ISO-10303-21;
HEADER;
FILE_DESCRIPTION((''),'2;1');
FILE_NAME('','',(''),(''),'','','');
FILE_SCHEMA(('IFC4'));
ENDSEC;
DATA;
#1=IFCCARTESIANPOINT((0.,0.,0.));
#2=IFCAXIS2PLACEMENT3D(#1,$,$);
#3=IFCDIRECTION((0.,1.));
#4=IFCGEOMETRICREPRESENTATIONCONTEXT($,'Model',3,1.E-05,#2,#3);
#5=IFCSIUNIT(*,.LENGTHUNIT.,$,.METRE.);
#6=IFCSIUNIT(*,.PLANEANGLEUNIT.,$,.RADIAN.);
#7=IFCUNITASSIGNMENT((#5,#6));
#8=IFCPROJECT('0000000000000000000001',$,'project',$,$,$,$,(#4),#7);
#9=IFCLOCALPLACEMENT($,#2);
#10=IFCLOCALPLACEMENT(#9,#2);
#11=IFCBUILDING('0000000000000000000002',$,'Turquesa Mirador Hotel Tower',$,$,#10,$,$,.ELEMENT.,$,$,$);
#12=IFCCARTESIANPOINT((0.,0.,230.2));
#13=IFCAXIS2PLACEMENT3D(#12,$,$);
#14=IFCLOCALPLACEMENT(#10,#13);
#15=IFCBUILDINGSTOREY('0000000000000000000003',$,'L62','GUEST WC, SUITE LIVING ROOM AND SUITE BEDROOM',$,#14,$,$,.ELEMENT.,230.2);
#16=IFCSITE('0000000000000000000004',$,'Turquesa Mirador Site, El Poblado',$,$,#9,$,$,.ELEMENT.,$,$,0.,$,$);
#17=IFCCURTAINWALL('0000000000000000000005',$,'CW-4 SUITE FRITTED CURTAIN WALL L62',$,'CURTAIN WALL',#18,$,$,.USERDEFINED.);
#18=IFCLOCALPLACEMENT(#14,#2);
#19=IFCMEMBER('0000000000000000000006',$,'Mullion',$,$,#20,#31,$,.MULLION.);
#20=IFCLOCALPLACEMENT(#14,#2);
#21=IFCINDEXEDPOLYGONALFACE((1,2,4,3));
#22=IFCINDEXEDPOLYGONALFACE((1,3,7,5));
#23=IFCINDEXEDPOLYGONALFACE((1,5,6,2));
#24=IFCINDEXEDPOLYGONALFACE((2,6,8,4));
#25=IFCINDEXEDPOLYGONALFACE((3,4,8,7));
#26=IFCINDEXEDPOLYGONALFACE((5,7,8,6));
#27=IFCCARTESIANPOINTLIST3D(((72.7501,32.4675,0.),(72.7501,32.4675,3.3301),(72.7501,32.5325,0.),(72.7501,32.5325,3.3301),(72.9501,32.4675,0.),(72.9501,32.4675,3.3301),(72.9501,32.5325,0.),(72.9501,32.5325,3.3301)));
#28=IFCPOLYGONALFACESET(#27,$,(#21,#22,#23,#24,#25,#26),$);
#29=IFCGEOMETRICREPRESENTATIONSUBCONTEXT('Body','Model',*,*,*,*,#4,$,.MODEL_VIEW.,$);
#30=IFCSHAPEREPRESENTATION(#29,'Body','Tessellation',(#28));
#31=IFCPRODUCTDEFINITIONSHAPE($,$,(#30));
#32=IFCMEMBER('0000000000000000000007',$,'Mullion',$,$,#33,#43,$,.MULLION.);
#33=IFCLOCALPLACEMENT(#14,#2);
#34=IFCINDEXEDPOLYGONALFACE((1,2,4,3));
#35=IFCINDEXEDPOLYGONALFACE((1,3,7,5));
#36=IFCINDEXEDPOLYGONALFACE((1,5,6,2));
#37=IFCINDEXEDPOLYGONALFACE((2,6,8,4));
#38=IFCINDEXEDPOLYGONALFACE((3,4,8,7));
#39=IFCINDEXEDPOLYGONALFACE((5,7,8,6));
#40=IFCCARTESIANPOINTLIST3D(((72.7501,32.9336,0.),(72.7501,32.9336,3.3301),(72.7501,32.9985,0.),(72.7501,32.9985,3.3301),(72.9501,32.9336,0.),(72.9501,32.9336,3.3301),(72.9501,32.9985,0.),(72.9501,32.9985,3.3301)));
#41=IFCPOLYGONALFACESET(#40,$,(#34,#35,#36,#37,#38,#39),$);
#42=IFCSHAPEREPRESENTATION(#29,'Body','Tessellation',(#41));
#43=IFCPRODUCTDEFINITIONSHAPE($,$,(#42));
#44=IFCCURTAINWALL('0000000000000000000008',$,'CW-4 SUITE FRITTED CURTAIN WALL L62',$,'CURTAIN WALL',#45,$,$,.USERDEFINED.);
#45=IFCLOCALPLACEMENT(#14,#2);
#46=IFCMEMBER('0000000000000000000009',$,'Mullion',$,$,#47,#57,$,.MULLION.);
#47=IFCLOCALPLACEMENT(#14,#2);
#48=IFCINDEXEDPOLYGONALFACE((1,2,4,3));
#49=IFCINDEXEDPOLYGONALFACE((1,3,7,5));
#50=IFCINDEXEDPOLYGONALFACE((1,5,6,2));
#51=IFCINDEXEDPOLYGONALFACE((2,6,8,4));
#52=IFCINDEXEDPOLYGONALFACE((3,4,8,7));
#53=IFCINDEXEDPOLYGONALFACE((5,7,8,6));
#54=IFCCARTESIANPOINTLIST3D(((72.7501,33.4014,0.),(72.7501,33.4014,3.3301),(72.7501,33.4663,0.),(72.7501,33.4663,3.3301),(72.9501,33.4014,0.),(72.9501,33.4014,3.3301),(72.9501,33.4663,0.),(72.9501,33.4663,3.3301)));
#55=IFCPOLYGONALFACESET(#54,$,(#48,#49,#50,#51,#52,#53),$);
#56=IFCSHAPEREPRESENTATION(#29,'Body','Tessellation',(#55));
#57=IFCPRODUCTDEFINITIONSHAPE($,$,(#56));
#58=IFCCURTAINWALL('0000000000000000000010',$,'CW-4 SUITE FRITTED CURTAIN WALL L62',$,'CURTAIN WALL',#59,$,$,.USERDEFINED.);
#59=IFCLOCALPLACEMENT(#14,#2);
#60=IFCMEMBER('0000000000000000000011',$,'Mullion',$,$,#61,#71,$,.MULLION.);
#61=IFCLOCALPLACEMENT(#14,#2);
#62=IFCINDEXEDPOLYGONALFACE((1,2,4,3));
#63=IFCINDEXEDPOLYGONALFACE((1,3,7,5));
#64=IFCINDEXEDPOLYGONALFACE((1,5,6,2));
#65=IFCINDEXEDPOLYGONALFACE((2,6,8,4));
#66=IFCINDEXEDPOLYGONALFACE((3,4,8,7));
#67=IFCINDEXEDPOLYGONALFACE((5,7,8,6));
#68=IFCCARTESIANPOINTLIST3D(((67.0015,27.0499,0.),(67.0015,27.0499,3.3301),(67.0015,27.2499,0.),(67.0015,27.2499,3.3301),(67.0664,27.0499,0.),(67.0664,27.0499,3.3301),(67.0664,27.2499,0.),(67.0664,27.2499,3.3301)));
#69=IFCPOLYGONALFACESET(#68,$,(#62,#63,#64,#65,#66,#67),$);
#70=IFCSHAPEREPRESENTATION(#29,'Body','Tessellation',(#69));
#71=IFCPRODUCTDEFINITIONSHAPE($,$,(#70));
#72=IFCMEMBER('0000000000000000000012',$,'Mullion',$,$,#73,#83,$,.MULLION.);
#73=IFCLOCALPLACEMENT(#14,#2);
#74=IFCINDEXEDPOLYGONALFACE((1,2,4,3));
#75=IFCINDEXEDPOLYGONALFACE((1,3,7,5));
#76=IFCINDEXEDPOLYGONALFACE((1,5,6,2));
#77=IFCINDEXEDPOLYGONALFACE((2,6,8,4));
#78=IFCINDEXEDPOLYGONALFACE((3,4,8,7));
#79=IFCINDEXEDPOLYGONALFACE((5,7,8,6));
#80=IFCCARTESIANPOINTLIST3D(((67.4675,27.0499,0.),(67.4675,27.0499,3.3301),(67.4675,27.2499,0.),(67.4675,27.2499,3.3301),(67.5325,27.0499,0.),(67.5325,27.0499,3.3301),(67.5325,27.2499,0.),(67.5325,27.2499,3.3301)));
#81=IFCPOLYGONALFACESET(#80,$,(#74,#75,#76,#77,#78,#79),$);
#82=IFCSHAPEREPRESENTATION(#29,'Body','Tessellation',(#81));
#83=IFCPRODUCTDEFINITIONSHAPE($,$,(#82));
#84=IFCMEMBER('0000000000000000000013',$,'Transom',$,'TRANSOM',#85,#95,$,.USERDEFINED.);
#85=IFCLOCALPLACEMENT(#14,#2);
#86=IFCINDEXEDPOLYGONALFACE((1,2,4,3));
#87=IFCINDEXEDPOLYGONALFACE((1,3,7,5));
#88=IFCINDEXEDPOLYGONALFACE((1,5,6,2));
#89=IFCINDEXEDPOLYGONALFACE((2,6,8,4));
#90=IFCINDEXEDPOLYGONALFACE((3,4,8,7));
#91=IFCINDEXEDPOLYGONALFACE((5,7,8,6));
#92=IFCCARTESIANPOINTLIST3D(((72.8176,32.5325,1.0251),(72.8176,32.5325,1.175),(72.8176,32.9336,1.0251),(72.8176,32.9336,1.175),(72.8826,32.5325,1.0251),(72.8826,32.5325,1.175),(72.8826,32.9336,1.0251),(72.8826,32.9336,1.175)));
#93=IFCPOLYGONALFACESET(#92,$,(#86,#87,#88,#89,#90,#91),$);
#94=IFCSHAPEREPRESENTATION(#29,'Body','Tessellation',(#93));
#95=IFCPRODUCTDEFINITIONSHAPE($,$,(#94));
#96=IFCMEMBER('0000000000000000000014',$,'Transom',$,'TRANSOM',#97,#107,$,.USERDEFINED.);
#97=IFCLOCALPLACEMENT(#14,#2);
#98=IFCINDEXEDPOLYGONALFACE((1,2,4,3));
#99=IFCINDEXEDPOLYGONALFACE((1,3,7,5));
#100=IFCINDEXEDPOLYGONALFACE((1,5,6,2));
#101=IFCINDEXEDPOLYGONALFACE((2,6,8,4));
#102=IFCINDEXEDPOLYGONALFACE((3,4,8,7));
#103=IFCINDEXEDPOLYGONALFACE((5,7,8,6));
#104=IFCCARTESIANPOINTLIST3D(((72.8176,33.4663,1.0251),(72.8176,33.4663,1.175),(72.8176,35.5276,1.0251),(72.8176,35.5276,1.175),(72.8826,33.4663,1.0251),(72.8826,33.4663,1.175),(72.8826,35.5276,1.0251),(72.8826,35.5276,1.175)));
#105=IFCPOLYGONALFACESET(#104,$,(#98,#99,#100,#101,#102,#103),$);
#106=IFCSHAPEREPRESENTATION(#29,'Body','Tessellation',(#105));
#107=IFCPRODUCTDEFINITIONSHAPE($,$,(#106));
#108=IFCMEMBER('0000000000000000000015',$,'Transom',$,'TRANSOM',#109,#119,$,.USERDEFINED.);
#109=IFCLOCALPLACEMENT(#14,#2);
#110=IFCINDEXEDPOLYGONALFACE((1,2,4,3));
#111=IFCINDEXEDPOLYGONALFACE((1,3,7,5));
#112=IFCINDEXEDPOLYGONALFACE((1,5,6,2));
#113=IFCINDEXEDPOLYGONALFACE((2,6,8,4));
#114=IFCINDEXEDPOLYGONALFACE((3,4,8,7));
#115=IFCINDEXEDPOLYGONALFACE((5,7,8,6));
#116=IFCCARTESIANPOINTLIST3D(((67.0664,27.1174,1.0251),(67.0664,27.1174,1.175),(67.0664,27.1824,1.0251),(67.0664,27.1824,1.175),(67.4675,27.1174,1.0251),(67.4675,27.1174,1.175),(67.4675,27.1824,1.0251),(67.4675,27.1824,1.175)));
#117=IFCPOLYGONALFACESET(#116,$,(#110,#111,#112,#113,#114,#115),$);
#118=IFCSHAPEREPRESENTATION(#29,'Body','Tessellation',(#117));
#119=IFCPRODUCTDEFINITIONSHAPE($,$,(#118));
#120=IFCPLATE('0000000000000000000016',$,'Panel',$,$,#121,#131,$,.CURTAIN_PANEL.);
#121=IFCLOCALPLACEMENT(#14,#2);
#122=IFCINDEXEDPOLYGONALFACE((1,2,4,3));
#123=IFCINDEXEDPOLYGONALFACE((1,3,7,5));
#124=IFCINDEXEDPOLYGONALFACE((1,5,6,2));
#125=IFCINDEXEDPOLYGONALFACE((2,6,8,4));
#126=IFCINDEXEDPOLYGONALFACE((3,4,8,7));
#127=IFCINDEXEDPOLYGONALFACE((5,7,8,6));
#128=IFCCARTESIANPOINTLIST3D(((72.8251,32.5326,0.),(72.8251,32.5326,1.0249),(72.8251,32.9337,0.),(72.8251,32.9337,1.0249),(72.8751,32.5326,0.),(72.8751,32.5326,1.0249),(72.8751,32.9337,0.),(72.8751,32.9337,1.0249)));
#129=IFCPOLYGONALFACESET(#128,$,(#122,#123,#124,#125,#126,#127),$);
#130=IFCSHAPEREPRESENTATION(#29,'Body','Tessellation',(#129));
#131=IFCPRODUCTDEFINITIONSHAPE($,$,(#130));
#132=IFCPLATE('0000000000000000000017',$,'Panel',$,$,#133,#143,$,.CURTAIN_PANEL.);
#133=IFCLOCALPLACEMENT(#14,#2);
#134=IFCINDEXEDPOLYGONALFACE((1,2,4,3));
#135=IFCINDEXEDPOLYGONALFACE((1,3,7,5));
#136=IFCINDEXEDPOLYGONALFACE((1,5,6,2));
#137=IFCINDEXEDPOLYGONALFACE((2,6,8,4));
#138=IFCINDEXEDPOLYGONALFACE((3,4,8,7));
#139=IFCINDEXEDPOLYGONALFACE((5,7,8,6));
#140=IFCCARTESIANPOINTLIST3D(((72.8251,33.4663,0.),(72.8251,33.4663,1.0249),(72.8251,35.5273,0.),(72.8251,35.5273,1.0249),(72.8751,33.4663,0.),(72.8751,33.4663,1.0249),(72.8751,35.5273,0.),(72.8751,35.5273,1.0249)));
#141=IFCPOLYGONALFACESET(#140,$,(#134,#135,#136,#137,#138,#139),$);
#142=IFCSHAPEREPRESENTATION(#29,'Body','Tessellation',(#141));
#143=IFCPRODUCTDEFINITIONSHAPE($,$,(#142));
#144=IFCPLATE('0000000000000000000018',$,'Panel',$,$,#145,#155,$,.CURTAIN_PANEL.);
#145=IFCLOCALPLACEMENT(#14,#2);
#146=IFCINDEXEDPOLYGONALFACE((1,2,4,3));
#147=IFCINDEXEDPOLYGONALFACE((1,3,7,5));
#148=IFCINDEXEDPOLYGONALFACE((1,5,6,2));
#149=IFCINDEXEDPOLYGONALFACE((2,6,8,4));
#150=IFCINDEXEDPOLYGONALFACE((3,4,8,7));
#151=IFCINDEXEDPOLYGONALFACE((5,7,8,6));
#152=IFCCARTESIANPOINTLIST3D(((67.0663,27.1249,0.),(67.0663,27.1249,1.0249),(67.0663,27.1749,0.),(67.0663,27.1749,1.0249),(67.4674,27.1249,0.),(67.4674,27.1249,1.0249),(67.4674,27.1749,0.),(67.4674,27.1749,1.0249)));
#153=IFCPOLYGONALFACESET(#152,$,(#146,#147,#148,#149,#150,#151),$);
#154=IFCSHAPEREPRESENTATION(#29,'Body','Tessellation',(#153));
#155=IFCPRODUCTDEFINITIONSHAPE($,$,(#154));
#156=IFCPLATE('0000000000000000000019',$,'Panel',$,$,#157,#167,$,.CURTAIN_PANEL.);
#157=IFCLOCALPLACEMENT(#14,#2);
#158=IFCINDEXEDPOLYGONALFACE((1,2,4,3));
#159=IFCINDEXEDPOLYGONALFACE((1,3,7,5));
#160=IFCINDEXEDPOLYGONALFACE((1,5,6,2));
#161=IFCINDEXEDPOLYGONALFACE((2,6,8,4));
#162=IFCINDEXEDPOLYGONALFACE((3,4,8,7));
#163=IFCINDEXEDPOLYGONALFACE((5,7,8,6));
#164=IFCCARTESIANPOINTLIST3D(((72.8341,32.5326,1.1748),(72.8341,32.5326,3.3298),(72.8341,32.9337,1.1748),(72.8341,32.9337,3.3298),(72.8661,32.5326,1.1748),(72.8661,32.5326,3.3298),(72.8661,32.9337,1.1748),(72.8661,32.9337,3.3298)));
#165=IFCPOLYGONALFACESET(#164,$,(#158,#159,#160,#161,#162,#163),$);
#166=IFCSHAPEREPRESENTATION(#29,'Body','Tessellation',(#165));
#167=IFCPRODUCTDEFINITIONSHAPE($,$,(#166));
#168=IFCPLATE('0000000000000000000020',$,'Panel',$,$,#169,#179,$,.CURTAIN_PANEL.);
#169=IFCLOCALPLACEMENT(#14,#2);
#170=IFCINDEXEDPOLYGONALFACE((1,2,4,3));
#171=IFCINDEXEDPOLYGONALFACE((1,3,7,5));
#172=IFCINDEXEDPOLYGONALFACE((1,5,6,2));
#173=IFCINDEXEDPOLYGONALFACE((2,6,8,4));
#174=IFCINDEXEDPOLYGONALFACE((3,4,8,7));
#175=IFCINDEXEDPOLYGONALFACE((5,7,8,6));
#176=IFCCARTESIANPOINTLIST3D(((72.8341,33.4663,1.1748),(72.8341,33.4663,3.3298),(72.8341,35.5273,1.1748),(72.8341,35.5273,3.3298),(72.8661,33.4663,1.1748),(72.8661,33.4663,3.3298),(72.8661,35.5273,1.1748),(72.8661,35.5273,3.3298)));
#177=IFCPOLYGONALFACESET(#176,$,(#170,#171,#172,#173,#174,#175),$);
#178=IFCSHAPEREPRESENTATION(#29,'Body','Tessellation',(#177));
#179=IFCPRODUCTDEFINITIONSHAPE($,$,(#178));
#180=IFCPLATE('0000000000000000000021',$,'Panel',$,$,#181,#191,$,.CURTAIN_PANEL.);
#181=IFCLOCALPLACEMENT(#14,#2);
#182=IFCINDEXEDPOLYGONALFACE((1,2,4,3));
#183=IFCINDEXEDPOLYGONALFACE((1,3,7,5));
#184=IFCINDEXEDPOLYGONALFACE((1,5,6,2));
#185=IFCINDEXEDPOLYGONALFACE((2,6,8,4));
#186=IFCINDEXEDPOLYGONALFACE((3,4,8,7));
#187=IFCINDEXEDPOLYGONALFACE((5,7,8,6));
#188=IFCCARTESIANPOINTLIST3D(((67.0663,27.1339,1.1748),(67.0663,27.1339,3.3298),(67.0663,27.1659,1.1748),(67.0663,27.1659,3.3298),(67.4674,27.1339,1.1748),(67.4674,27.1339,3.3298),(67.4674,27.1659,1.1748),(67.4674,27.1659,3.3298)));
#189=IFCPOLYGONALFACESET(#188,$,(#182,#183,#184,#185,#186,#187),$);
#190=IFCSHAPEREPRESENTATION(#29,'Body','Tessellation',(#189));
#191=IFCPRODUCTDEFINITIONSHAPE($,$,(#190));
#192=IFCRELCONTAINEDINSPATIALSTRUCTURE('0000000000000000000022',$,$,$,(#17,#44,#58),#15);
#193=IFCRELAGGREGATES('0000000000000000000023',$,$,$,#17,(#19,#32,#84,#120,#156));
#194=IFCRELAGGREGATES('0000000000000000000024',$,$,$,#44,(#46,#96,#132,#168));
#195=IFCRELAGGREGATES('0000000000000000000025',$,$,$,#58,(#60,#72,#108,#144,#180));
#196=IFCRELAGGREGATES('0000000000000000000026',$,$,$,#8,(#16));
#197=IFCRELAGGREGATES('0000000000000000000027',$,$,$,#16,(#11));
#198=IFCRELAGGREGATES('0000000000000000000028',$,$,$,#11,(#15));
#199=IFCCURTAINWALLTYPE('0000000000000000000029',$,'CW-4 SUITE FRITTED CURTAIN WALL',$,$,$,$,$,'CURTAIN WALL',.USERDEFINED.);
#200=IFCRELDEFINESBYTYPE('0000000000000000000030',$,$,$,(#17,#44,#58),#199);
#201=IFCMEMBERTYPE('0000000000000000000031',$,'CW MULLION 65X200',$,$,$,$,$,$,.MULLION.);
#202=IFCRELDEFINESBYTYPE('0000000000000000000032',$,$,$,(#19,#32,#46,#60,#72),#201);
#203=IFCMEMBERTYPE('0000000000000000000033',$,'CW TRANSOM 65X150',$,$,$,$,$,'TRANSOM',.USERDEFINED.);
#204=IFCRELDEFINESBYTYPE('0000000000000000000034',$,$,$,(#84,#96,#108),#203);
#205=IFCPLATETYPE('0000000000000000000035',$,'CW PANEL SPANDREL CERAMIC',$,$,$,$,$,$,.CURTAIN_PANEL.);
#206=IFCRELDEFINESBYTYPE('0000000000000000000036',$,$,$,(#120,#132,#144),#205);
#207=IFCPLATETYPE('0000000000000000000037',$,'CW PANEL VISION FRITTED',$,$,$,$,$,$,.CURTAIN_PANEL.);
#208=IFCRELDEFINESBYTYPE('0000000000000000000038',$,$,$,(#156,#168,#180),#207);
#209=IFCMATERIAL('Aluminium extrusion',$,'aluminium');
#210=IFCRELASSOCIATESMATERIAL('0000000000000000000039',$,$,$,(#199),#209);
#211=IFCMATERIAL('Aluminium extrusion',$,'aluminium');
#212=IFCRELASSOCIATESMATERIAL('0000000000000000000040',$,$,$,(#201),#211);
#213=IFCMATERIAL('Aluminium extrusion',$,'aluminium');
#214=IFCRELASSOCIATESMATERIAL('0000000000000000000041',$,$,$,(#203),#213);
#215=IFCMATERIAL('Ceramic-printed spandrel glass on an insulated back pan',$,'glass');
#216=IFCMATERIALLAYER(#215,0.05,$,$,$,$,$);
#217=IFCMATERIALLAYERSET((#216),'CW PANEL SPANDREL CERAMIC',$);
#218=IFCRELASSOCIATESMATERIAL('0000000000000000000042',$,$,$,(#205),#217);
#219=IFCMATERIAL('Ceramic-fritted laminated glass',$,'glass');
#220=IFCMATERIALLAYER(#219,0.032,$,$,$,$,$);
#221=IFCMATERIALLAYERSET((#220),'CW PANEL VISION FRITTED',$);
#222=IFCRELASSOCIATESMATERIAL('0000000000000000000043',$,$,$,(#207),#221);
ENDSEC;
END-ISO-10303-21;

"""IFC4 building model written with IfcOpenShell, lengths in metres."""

from ifc_helpers import new_model, si_unit, direction, frame, origin, origin_2d, place, context, subcontext, project, spatial, rectangle, extrude, material, layer, layer_set, material_profile, profile_set, type_object, element, aggregate, save


model = new_model("IFC4")

# Units and contexts
model_context = context("Model", 3, precision=1e-05, world=origin(), true_north=direction((0.0, 1.0)))
body_context = subcontext(model_context, "Body", "Model", "MODEL_VIEW")
ifc_project = project(units=[si_unit("LENGTHUNIT", "METRE"), si_unit("PLANEANGLEUNIT", "RADIAN")], contexts=[model_context])

# Site, building, storey
site_placement = place(None, origin())
site = spatial("IfcSite", under=ifc_project, at=site_placement, Name="Turquesa Mirador Site, El Poblado", CompositionType="ELEMENT", RefElevation=0.0)
building_placement = place(site_placement, origin())
building = spatial("IfcBuilding", under=site, at=building_placement, Name="Turquesa Mirador Hotel Tower", CompositionType="ELEMENT")
storey_placement = place(building_placement, frame((0.0, 0.0, 230.2)))
storey = spatial("IfcBuildingStorey", under=building, at=storey_placement, Name="L62", Description="GUEST WC, SUITE LIVING ROOM AND SUITE BEDROOM", CompositionType="ELEMENT", Elevation=230.2)

# Curtain wall, members
ifc_material_1 = material(Name="Aluminium extrusion", Category="aluminium")
curtain_wall_type = type_object("IfcCurtainWallType", Name="CW-4 SUITE FRITTED CURTAIN WALL", ElementType="CURTAIN WALL", PredefinedType="USERDEFINED", material=ifc_material_1)
curtain_wall_1_placement = place(storey_placement, origin())
curtain_wall_1 = element("IfcCurtainWall", 1, at=curtain_wall_1_placement, inside=storey, type_object=curtain_wall_type, Name="CW-4 SUITE FRITTED CURTAIN WALL L62", ObjectType="CURTAIN WALL", PredefinedType="USERDEFINED")
ifc_material_2 = material(Name="Aluminium extrusion", Category="aluminium")
ifc_material_profile_1 = material_profile(ifc_material_2, rectangle(XDim=0.0649, YDim=0.2, at=origin_2d()), Name="MULLION 65X200")
ifc_profile_set_1 = profile_set([ifc_material_profile_1], Name="Aluminium extrusion")
member_type_1 = type_object("IfcMemberType", Name="CW MULLION 65X200", PredefinedType="MULLION", material=ifc_profile_set_1)
member_1_placement = place(storey_placement, frame((72.8501, 32.5, 0.0), z_axis=(0.0, 0.0, 1.0), x_axis=(0.0, 1.0, 0.0)))
member_1 = element("IfcMember", 2, at=member_1_placement, type_object=member_type_1, Name="Mullion", PredefinedType="MULLION", context=body_context, shape_type="SweptSolid", body=[
    extrude(rectangle(XDim=0.0649, YDim=0.2, at=origin_2d()), origin(), (0.0, 0.0, 1.0), 3.3301),
])
member_2_placement = place(storey_placement, frame((72.8501, 32.9661, 0.0), z_axis=(0.0, 0.0, 1.0), x_axis=(0.0, 1.0, 0.0)))
member_2 = element("IfcMember", 3, at=member_2_placement, type_object=member_type_1, Name="Mullion", PredefinedType="MULLION", context=body_context, shape_type="SweptSolid", body=[
    extrude(rectangle(XDim=0.0649, YDim=0.2, at=origin_2d()), origin(), (0.0, 0.0, 1.0), 3.3301),
])

# Curtain wall, member
curtain_wall_2_placement = place(storey_placement, origin())
curtain_wall_2 = element("IfcCurtainWall", 4, at=curtain_wall_2_placement, inside=storey, type_object=curtain_wall_type, Name="CW-4 SUITE FRITTED CURTAIN WALL L62", ObjectType="CURTAIN WALL", PredefinedType="USERDEFINED")
member_3_placement = place(storey_placement, frame((72.8501, 33.4338, 0.0), z_axis=(0.0, 0.0, 1.0), x_axis=(0.0, 1.0, 0.0)))
member_3 = element("IfcMember", 5, at=member_3_placement, type_object=member_type_1, Name="Mullion", PredefinedType="MULLION", context=body_context, shape_type="SweptSolid", body=[
    extrude(rectangle(XDim=0.0649, YDim=0.2, at=origin_2d()), origin(), (0.0, 0.0, 1.0), 3.3301),
])

# Curtain wall, members
curtain_wall_3_placement = place(storey_placement, origin())
curtain_wall_3 = element("IfcCurtainWall", 6, at=curtain_wall_3_placement, inside=storey, type_object=curtain_wall_type, Name="CW-4 SUITE FRITTED CURTAIN WALL L62", ObjectType="CURTAIN WALL", PredefinedType="USERDEFINED")
member_4_placement = place(storey_placement, frame((67.0339, 27.1499, 0.0), z_axis=(0.0, 0.0, 1.0), x_axis=(1.0, 0.0, 0.0)))
member_4 = element("IfcMember", 7, at=member_4_placement, type_object=member_type_1, Name="Mullion", PredefinedType="MULLION", context=body_context, shape_type="SweptSolid", body=[
    extrude(rectangle(XDim=0.0649, YDim=0.2, at=origin_2d()), origin(), (0.0, 0.0, 1.0), 3.3301),
])
member_5_placement = place(storey_placement, frame((67.5, 27.1499, 0.0), z_axis=(0.0, 0.0, 1.0), x_axis=(1.0, 0.0, 0.0)))
member_5 = element("IfcMember", 8, at=member_5_placement, type_object=member_type_1, Name="Mullion", PredefinedType="MULLION", context=body_context, shape_type="SweptSolid", body=[
    extrude(rectangle(XDim=0.0649, YDim=0.2, at=origin_2d()), origin(), (0.0, 0.0, 1.0), 3.3301),
])

# Members
ifc_material_3 = material(Name="Aluminium extrusion", Category="aluminium")
ifc_material_profile_2 = material_profile(ifc_material_3, rectangle(XDim=0.0649, YDim=0.1499, at=origin_2d()), Name="TRANSOM 65X150")
ifc_profile_set_2 = profile_set([ifc_material_profile_2], Name="Aluminium extrusion")
member_type_2 = type_object("IfcMemberType", Name="CW TRANSOM 65X150", ElementType="TRANSOM", PredefinedType="USERDEFINED", material=ifc_profile_set_2)
member_6_placement = place(storey_placement, frame((72.8501, 32.5325, 1.1001), z_axis=(0.0, 1.0, 0.0), x_axis=(-1.0, 0.0, 0.0)))
member_6 = element("IfcMember", 9, at=member_6_placement, type_object=member_type_2, Name="Transom", ObjectType="TRANSOM", PredefinedType="USERDEFINED", context=body_context, shape_type="SweptSolid", body=[
    extrude(rectangle(XDim=0.0649, YDim=0.1499, at=origin_2d()), origin(), (0.0, 0.0, 1.0), 0.4011),
])
member_7_placement = place(storey_placement, frame((72.8501, 33.4663, 1.1001), z_axis=(0.0, 1.0, 0.0), x_axis=(-1.0, 0.0, 0.0)))
member_7 = element("IfcMember", 10, at=member_7_placement, type_object=member_type_2, Name="Transom", ObjectType="TRANSOM", PredefinedType="USERDEFINED", context=body_context, shape_type="SweptSolid", body=[
    extrude(rectangle(XDim=0.0649, YDim=0.1499, at=origin_2d()), origin(), (0.0, 0.0, 1.0), 2.0613),
])
member_8_placement = place(storey_placement, frame((67.0664, 27.1499, 1.1001), z_axis=(1.0, 0.0, 0.0), x_axis=(0.0, 1.0, 0.0)))
member_8 = element("IfcMember", 11, at=member_8_placement, type_object=member_type_2, Name="Transom", ObjectType="TRANSOM", PredefinedType="USERDEFINED", context=body_context, shape_type="SweptSolid", body=[
    extrude(rectangle(XDim=0.0649, YDim=0.1499, at=origin_2d()), origin(), (0.0, 0.0, 1.0), 0.4011),
])

# Plates
ifc_material_4 = material(Name="Ceramic-printed spandrel glass on an insulated back pan", Category="glass")
ifc_layer_1 = layer(ifc_material_4, 0.05)
ifc_layer_set_1 = layer_set([ifc_layer_1], Name="CW PANEL SPANDREL CERAMIC")
plate_type_1 = type_object("IfcPlateType", Name="CW PANEL SPANDREL CERAMIC", PredefinedType="CURTAIN_PANEL", material=ifc_layer_set_1)
plate_1_placement = place(storey_placement, frame((72.8501, 32.7332, 0.0), z_axis=(0.0, 0.0, 1.0), x_axis=(0.0, 1.0, 0.0)))
plate_1 = element("IfcPlate", 12, at=plate_1_placement, type_object=plate_type_1, Name="Panel", PredefinedType="CURTAIN_PANEL", context=body_context, shape_type="SweptSolid", body=[
    extrude(rectangle(XDim=0.4011, YDim=0.05, at=origin_2d()), origin(), (0.0, 0.0, 1.0), 1.0249),
])
plate_2_placement = place(storey_placement, frame((72.8501, 34.4968, 0.0), z_axis=(0.0, 0.0, 1.0), x_axis=(0.0, 1.0, 0.0)))
plate_2 = element("IfcPlate", 13, at=plate_2_placement, type_object=plate_type_1, Name="Panel", PredefinedType="CURTAIN_PANEL", context=body_context, shape_type="SweptSolid", body=[
    extrude(rectangle(XDim=2.061, YDim=0.05, at=origin_2d()), origin(), (0.0, 0.0, 1.0), 1.0249),
])
plate_3_placement = place(storey_placement, frame((67.2668, 27.1499, 0.0), z_axis=(0.0, 0.0, 1.0), x_axis=(1.0, 0.0, 0.0)))
plate_3 = element("IfcPlate", 14, at=plate_3_placement, type_object=plate_type_1, Name="Panel", PredefinedType="CURTAIN_PANEL", context=body_context, shape_type="SweptSolid", body=[
    extrude(rectangle(XDim=0.4011, YDim=0.05, at=origin_2d()), origin(), (0.0, 0.0, 1.0), 1.0249),
])
ifc_material_5 = material(Name="Ceramic-fritted laminated glass", Category="glass")
ifc_layer_2 = layer(ifc_material_5, 0.032)
ifc_layer_set_2 = layer_set([ifc_layer_2], Name="CW PANEL VISION FRITTED")
plate_type_2 = type_object("IfcPlateType", Name="CW PANEL VISION FRITTED", PredefinedType="CURTAIN_PANEL", material=ifc_layer_set_2)
plate_4_placement = place(storey_placement, frame((72.8501, 32.7332, 1.1748), z_axis=(0.0, 0.0, 1.0), x_axis=(0.0, 1.0, 0.0)))
plate_4 = element("IfcPlate", 15, at=plate_4_placement, type_object=plate_type_2, Name="Panel", PredefinedType="CURTAIN_PANEL", context=body_context, shape_type="SweptSolid", body=[
    extrude(rectangle(XDim=0.4011, YDim=0.032, at=origin_2d()), origin(), (0.0, 0.0, 1.0), 2.155),
])
aggregate(curtain_wall_1, [member_1, member_2, member_6, plate_1, plate_4])
plate_5_placement = place(storey_placement, frame((72.8501, 34.4968, 1.1748), z_axis=(0.0, 0.0, 1.0), x_axis=(0.0, 1.0, 0.0)))
plate_5 = element("IfcPlate", 16, at=plate_5_placement, type_object=plate_type_2, Name="Panel", PredefinedType="CURTAIN_PANEL", context=body_context, shape_type="SweptSolid", body=[
    extrude(rectangle(XDim=2.061, YDim=0.032, at=origin_2d()), origin(), (0.0, 0.0, 1.0), 2.155),
])
aggregate(curtain_wall_2, [member_3, member_7, plate_2, plate_5])
plate_6_placement = place(storey_placement, frame((67.2668, 27.1499, 1.1748), z_axis=(0.0, 0.0, 1.0), x_axis=(1.0, 0.0, 0.0)))
plate_6 = element("IfcPlate", 17, at=plate_6_placement, type_object=plate_type_2, Name="Panel", PredefinedType="CURTAIN_PANEL", context=body_context, shape_type="SweptSolid", body=[
    extrude(rectangle(XDim=0.4011, YDim=0.032, at=origin_2d()), origin(), (0.0, 0.0, 1.0), 2.155),
])
aggregate(curtain_wall_3, [member_4, member_5, member_8, plate_3, plate_6])

save(model, "model.ifc")
